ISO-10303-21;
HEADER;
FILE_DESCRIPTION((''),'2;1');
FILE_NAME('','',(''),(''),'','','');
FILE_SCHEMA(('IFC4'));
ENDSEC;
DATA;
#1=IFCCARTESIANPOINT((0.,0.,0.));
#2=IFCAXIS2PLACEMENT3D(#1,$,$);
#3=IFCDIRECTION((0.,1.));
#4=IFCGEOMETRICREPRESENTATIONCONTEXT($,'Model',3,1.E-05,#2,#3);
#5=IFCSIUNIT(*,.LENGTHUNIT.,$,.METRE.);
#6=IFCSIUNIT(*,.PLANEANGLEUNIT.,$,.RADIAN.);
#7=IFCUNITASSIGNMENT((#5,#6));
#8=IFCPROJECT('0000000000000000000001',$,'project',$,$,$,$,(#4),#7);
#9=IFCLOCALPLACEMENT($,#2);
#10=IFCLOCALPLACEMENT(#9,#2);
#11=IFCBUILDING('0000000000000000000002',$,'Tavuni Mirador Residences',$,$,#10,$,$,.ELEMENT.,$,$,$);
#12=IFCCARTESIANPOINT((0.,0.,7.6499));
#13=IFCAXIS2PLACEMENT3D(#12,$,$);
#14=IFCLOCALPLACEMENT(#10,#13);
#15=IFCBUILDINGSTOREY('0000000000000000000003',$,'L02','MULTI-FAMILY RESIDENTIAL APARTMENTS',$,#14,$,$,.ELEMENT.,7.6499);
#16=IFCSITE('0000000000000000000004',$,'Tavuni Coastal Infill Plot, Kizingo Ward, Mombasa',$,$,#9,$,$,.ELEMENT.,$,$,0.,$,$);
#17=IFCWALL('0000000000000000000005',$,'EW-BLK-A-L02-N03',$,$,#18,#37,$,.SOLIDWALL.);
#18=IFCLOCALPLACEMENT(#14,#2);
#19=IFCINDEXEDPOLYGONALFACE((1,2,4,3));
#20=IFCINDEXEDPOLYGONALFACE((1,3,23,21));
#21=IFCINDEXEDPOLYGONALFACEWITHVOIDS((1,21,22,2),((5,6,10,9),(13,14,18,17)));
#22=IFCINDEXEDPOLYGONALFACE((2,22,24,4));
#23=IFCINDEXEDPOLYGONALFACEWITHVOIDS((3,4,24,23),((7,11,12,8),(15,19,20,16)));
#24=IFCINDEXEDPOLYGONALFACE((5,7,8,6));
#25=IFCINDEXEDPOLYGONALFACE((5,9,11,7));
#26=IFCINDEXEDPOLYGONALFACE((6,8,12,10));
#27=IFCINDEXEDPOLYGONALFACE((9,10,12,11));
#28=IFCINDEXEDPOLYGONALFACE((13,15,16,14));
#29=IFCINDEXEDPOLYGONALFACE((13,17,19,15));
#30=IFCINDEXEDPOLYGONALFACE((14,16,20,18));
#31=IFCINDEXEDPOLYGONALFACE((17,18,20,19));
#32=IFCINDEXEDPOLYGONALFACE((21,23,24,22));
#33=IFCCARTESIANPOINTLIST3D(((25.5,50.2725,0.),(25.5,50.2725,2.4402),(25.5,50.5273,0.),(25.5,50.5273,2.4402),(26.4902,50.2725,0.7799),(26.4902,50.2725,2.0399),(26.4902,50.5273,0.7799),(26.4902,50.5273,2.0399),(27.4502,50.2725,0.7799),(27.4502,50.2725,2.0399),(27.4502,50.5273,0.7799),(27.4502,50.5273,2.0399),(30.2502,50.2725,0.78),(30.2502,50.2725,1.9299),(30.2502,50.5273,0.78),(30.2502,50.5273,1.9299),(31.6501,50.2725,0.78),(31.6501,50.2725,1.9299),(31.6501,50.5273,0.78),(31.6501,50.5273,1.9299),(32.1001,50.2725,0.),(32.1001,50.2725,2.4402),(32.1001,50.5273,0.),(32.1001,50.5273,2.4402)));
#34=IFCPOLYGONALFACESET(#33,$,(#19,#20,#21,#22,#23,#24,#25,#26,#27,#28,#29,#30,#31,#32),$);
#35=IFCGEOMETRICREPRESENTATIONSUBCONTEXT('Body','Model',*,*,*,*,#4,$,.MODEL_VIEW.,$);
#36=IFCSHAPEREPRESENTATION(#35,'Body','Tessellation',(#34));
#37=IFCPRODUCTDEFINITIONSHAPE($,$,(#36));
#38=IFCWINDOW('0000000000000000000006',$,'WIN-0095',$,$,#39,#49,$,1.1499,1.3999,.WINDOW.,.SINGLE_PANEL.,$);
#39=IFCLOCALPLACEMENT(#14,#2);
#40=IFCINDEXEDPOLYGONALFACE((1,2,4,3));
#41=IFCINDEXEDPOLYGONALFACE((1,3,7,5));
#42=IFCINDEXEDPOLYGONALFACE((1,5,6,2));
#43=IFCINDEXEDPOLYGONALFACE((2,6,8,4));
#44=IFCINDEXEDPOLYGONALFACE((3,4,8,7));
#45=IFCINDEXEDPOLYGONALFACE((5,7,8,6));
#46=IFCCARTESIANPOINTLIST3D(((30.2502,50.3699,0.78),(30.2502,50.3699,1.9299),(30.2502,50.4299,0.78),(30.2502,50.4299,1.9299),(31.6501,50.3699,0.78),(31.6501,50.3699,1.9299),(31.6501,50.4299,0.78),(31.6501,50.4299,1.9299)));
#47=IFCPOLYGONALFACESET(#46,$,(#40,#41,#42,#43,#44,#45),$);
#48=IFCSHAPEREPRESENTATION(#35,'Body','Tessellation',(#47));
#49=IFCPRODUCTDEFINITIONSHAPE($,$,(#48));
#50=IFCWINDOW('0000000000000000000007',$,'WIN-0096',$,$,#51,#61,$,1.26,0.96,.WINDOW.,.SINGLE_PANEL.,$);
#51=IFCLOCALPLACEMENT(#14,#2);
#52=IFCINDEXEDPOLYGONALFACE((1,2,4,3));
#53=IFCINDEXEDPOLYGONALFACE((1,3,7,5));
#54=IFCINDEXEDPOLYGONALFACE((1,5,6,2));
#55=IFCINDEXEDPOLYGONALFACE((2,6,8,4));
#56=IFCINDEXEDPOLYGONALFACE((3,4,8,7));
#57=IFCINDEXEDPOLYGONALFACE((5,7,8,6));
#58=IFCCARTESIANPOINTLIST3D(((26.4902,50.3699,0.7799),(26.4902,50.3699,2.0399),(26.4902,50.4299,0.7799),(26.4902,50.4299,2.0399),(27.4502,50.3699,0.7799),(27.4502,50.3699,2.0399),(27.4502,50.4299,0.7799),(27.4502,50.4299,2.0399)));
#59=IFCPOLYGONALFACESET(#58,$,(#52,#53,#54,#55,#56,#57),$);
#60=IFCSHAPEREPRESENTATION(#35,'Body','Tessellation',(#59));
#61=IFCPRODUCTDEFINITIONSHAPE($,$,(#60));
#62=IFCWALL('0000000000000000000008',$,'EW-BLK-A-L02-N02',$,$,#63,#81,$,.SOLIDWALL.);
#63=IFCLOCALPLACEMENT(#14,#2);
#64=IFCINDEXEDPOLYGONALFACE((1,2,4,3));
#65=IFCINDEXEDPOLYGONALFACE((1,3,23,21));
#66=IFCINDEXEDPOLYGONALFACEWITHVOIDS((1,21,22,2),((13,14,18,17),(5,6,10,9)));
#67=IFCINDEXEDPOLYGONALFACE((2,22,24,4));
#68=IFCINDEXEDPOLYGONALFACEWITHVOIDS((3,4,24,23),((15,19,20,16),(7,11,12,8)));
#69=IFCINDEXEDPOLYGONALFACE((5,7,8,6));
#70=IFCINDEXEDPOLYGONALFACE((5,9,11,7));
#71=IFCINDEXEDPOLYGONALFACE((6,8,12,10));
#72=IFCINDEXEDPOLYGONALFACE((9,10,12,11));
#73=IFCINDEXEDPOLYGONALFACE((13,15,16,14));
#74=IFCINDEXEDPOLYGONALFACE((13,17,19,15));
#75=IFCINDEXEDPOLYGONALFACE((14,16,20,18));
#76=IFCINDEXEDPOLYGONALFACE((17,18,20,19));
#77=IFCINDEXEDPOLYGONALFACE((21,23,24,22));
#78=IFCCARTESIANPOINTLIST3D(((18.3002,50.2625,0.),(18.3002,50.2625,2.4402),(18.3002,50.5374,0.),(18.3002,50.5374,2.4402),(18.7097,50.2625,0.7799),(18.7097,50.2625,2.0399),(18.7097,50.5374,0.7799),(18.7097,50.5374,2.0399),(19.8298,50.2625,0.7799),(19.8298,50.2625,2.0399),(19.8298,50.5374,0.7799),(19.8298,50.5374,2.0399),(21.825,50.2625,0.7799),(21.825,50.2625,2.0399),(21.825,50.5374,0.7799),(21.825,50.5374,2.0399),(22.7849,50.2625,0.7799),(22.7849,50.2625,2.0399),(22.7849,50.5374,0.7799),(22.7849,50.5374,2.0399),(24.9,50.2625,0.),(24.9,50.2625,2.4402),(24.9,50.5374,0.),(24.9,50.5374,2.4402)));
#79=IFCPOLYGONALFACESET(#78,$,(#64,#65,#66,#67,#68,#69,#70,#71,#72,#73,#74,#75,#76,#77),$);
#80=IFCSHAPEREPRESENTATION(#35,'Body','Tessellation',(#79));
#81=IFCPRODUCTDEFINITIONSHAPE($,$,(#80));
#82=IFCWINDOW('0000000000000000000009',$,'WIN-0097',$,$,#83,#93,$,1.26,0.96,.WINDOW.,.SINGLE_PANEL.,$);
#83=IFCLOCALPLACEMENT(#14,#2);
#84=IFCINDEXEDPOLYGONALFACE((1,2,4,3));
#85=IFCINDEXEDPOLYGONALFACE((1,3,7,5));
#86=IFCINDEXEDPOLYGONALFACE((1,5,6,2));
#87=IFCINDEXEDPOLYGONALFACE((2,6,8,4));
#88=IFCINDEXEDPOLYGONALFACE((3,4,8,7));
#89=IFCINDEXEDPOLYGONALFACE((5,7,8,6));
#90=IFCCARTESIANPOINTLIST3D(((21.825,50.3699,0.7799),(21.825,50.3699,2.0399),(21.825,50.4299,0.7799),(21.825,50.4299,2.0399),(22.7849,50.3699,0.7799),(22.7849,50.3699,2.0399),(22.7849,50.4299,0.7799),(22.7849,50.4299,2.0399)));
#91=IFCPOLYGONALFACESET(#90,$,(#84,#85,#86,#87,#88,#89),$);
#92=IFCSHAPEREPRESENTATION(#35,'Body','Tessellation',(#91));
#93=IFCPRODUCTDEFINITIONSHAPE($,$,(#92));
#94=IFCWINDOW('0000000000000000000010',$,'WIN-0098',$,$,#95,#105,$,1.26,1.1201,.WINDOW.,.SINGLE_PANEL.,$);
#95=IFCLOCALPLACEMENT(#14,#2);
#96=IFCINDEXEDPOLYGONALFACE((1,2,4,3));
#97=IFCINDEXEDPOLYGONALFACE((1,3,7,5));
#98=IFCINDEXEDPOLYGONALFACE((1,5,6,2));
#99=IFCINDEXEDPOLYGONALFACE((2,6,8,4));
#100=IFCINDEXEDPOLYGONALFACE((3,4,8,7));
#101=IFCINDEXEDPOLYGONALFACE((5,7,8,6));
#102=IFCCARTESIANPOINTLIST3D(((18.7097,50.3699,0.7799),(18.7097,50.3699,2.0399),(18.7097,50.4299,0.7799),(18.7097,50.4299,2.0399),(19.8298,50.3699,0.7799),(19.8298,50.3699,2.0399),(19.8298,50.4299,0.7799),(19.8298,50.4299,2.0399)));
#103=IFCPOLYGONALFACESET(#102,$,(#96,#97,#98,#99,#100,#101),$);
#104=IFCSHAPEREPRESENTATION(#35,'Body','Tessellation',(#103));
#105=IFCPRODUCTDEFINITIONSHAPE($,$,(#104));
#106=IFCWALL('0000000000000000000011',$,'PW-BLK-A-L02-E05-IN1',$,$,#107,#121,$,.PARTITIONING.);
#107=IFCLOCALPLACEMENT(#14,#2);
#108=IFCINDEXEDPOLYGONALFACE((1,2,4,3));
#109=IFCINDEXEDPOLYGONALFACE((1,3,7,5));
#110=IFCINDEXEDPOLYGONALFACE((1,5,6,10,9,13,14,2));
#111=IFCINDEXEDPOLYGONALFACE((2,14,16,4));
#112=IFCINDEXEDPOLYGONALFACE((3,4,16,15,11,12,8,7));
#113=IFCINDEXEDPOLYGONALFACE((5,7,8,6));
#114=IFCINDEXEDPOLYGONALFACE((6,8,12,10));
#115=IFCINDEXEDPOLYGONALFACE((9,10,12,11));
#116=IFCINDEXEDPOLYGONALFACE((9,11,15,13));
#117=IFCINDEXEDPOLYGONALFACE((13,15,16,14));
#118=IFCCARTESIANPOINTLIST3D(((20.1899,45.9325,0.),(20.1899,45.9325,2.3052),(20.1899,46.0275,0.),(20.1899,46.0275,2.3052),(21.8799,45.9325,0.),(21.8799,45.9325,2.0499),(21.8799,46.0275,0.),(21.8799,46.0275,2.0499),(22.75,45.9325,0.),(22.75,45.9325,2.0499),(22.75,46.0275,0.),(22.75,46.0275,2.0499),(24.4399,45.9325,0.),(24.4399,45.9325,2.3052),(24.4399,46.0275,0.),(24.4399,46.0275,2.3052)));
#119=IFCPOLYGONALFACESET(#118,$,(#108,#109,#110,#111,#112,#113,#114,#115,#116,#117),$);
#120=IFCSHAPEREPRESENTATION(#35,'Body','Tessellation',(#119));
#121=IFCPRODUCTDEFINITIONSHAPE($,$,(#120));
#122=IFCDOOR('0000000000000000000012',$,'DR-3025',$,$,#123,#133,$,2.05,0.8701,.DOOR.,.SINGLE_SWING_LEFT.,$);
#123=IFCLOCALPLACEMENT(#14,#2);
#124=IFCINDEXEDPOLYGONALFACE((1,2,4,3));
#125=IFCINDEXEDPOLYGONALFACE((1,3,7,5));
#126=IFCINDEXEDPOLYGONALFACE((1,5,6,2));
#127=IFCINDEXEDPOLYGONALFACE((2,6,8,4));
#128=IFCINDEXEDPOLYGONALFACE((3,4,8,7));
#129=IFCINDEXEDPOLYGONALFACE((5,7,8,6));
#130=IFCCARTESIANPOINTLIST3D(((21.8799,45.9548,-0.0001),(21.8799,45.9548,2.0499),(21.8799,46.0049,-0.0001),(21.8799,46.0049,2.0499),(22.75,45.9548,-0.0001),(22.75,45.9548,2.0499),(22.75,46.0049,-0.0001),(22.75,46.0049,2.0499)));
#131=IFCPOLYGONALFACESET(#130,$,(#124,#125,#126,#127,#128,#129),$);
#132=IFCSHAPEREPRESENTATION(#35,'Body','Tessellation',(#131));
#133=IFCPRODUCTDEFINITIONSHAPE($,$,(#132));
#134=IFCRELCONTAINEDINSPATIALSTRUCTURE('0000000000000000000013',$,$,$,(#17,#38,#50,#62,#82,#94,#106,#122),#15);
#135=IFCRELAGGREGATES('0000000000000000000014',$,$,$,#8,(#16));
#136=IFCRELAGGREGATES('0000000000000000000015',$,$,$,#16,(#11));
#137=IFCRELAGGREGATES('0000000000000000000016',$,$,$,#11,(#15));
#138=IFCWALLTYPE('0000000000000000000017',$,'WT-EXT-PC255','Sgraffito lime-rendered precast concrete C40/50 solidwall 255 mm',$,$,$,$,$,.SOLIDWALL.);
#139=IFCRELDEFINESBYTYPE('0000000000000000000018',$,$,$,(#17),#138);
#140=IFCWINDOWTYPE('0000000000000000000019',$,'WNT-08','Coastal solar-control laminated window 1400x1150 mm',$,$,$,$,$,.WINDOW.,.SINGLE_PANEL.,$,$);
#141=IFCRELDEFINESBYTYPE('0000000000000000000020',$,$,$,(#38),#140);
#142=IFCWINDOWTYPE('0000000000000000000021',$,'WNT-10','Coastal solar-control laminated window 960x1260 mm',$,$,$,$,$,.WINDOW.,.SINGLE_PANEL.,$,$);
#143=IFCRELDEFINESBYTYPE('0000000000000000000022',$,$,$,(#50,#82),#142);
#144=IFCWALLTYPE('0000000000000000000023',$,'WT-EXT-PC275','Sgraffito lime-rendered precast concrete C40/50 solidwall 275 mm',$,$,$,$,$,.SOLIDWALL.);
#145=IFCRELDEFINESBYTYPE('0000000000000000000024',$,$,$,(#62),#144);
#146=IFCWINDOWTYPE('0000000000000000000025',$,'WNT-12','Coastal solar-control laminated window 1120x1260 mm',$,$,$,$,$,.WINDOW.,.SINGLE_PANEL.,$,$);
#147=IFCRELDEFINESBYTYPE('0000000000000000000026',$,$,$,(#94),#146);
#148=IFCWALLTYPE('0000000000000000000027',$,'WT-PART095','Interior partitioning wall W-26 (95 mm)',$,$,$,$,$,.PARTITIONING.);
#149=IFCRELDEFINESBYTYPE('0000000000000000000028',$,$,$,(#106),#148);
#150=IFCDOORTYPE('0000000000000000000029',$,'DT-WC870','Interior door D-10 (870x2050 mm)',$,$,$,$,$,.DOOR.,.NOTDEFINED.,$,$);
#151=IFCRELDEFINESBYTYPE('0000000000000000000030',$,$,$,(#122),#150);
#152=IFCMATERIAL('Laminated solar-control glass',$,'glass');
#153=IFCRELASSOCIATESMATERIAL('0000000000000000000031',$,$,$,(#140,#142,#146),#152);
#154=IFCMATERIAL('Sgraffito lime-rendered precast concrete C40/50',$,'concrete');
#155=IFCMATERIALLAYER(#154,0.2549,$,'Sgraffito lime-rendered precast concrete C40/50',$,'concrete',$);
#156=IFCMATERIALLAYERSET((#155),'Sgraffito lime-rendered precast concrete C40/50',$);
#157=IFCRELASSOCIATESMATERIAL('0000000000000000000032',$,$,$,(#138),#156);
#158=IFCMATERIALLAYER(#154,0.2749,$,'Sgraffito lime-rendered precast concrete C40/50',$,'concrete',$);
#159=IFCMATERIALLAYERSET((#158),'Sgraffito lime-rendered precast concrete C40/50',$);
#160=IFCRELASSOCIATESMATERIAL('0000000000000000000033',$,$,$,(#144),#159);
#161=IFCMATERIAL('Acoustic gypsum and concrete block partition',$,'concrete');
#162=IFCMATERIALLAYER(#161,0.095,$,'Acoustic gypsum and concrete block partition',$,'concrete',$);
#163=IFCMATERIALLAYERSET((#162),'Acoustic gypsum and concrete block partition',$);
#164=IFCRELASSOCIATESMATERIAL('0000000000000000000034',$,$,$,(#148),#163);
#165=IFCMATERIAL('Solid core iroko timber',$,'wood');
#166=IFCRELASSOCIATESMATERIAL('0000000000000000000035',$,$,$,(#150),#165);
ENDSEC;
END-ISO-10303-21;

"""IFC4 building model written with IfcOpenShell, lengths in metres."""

from ifc_helpers import new_model, si_unit, direction, frame, frame_2d, origin, place, context, subcontext, project, spatial, rectangle, extrude, material, layer, layer_set, type_object, element, fill, save


model = new_model("IFC4")

# Units and contexts
model_context = context("Model", 3, precision=1e-05, world=origin(), true_north=direction((0.0, 1.0)))
body_context = subcontext(model_context, "Body", "Model", "MODEL_VIEW")
ifc_project = project(units=[si_unit("LENGTHUNIT", "METRE"), si_unit("PLANEANGLEUNIT", "RADIAN")], contexts=[model_context])

# Site, building, storey
site_placement = place(None, origin())
site = spatial("IfcSite", under=ifc_project, at=site_placement, Name="Tavuni Coastal Infill Plot, Kizingo Ward, Mombasa", CompositionType="ELEMENT", RefElevation=0.0)
building_placement = place(site_placement, origin())
building = spatial("IfcBuilding", under=site, at=building_placement, Name="Tavuni Mirador Residences", CompositionType="ELEMENT")
storey_placement = place(building_placement, frame((0.0, 0.0, 7.6499)))
storey = spatial("IfcBuildingStorey", under=building, at=storey_placement, Name="L02", Description="MULTI-FAMILY RESIDENTIAL APARTMENTS", CompositionType="ELEMENT", Elevation=7.6499)

# Shared definitions
ifc_material_1 = material(Name="Solid core iroko timber", Category="wood")

# Walls, openings, windows
ifc_material_2 = material(Name="Laminated solar-control glass", Category="glass")
window_type_1 = type_object("IfcWindowType", Name="WNT-08", Description="Coastal solar-control laminated window 1400x1150 mm", PartitioningType="SINGLE_PANEL", PredefinedType="WINDOW", material=ifc_material_2)
ifc_material_3 = material(Name="Sgraffito lime-rendered precast concrete C40/50", Category="concrete")
ifc_layer_1 = layer(ifc_material_3, 0.2549, Name="Sgraffito lime-rendered precast concrete C40/50", Category="concrete")
ifc_layer_set_1 = layer_set([ifc_layer_1], Name="Sgraffito lime-rendered precast concrete C40/50")
wall_type_1 = type_object("IfcWallType", Name="WT-EXT-PC255", Description="Sgraffito lime-rendered precast concrete C40/50 solidwall 255 mm", PredefinedType="SOLIDWALL", material=ifc_layer_set_1)
wall_1_placement = place(storey_placement, frame((32.1001, 50.3999, 0.0), z_axis=(0.0, 0.0, 1.0), x_axis=(-1.0, 0.0, 0.0)))
wall_1 = element("IfcWall", 1, at=wall_1_placement, inside=storey, type_object=wall_type_1, Name="EW-BLK-A-L02-N03", PredefinedType="SOLIDWALL", context=body_context, shape_type="SweptSolid", body=[
    extrude(rectangle(XDim=6.6001, YDim=0.2549, at=frame_2d((3.3, 0.0))), origin(), (0.0, 0.0, 1.0), 2.4402),
])
opening_1_placement = place(wall_1_placement, frame((0.45, 0.0, 0.78)))
opening_1 = element("IfcOpeningElement", 2, at=opening_1_placement, cuts=wall_1, PredefinedType="OPENING", context=body_context, shape_type="SweptSolid", body=[
    extrude(rectangle(XDim=1.3999, YDim=1.1499, at=frame_2d((0.7, 0.575))), frame((0.0, 0.1375, 0.0), z_axis=(0.0, -1.0, 0.0), x_axis=(1.0, 0.0, 0.0)), (0.0, 0.0, 1.0), 0.2749),
])
opening_2_placement = place(wall_1_placement, frame((4.6499, 0.0, 0.78)))
opening_2 = element("IfcOpeningElement", 3, at=opening_2_placement, cuts=wall_1, PredefinedType="OPENING", context=body_context, shape_type="SweptSolid", body=[
    extrude(rectangle(XDim=0.96, YDim=1.26, at=frame_2d((0.48, 0.6299))), frame((0.0, 0.1375, 0.0), z_axis=(0.0, -1.0, 0.0), x_axis=(1.0, 0.0, 0.0)), (0.0, 0.0, 1.0), 0.2749),
])
window_1_placement = place(opening_1_placement, origin())
window_1 = element("IfcWindow", 4, at=window_1_placement, inside=storey, type_object=window_type_1, Name="WIN-0095", OverallHeight=1.1499, OverallWidth=1.3999, PartitioningType="SINGLE_PANEL", PredefinedType="WINDOW", context=body_context, shape_type="SweptSolid", body=[
    extrude(rectangle(XDim=1.3999, YDim=1.1499, at=frame_2d((0.7, 0.575))), frame((0.0, 0.03, 0.0), z_axis=(0.0, -1.0, 0.0), x_axis=(1.0, 0.0, 0.0)), (0.0, 0.0, 1.0), 0.0601),
])
fill(opening_1, window_1)
window_type_2 = type_object("IfcWindowType", Name="WNT-10", Description="Coastal solar-control laminated window 960x1260 mm", PartitioningType="SINGLE_PANEL", PredefinedType="WINDOW", material=ifc_material_2)
window_2_placement = place(opening_2_placement, origin())
window_2 = element("IfcWindow", 5, at=window_2_placement, inside=storey, type_object=window_type_2, Name="WIN-0096", OverallHeight=1.26, OverallWidth=0.96, PartitioningType="SINGLE_PANEL", PredefinedType="WINDOW", context=body_context, shape_type="SweptSolid", body=[
    extrude(rectangle(XDim=0.96, YDim=1.26, at=frame_2d((0.48, 0.6299))), frame((0.0, 0.03, 0.0), z_axis=(0.0, -1.0, 0.0), x_axis=(1.0, 0.0, 0.0)), (0.0, 0.0, 1.0), 0.0601),
])
fill(opening_2, window_2)
ifc_layer_2 = layer(ifc_material_3, 0.2749, Name="Sgraffito lime-rendered precast concrete C40/50", Category="concrete")
ifc_layer_set_2 = layer_set([ifc_layer_2], Name="Sgraffito lime-rendered precast concrete C40/50")
wall_type_2 = type_object("IfcWallType", Name="WT-EXT-PC275", Description="Sgraffito lime-rendered precast concrete C40/50 solidwall 275 mm", PredefinedType="SOLIDWALL", material=ifc_layer_set_2)
wall_2_placement = place(storey_placement, frame((24.8999, 50.3999, 0.0), z_axis=(0.0, 0.0, 1.0), x_axis=(-1.0, 0.0, 0.0)))
wall_2 = element("IfcWall", 6, at=wall_2_placement, inside=storey, type_object=wall_type_2, Name="EW-BLK-A-L02-N02", PredefinedType="SOLIDWALL", context=body_context, shape_type="SweptSolid", body=[
    extrude(rectangle(XDim=6.5999, YDim=0.2749, at=frame_2d((3.2998, 0.0))), origin(), (0.0, 0.0, 1.0), 2.4402),
])
opening_3_placement = place(wall_2_placement, frame((2.115, 0.0, 0.78)))
opening_3 = element("IfcOpeningElement", 7, at=opening_3_placement, cuts=wall_2, PredefinedType="OPENING", context=body_context, shape_type="SweptSolid", body=[
    extrude(rectangle(XDim=0.96, YDim=1.26, at=frame_2d((0.48, 0.6299))), frame((0.0, 0.1475, 0.0), z_axis=(0.0, -1.0, 0.0), x_axis=(1.0, 0.0, 0.0)), (0.0, 0.0, 1.0), 0.2949),
])
opening_4_placement = place(wall_2_placement, frame((5.0701, 0.0, 0.78)))
opening_4 = element("IfcOpeningElement", 8, at=opening_4_placement, cuts=wall_2, PredefinedType="OPENING", context=body_context, shape_type="SweptSolid", body=[
    extrude(rectangle(XDim=1.1201, YDim=1.26, at=frame_2d((0.5601, 0.6299))), frame((0.0, 0.1475, 0.0), z_axis=(0.0, -1.0, 0.0), x_axis=(1.0, 0.0, 0.0)), (0.0, 0.0, 1.0), 0.2949),
])
window_3_placement = place(opening_3_placement, origin())
window_3 = element("IfcWindow", 9, at=window_3_placement, inside=storey, type_object=window_type_2, Name="WIN-0097", OverallHeight=1.26, OverallWidth=0.96, PartitioningType="SINGLE_PANEL", PredefinedType="WINDOW", context=body_context, shape_type="SweptSolid", body=[
    extrude(rectangle(XDim=0.96, YDim=1.26, at=frame_2d((0.48, 0.6299))), frame((0.0, 0.03, 0.0), z_axis=(0.0, -1.0, 0.0), x_axis=(1.0, 0.0, 0.0)), (0.0, 0.0, 1.0), 0.0601),
])
fill(opening_3, window_3)
window_type_3 = type_object("IfcWindowType", Name="WNT-12", Description="Coastal solar-control laminated window 1120x1260 mm", PartitioningType="SINGLE_PANEL", PredefinedType="WINDOW", material=ifc_material_2)
window_4_placement = place(opening_4_placement, origin())
window_4 = element("IfcWindow", 10, at=window_4_placement, inside=storey, type_object=window_type_3, Name="WIN-0098", OverallHeight=1.26, OverallWidth=1.1201, PartitioningType="SINGLE_PANEL", PredefinedType="WINDOW", context=body_context, shape_type="SweptSolid", body=[
    extrude(rectangle(XDim=1.1201, YDim=1.26, at=frame_2d((0.5601, 0.6299))), frame((0.0, 0.03, 0.0), z_axis=(0.0, -1.0, 0.0), x_axis=(1.0, 0.0, 0.0)), (0.0, 0.0, 1.0), 0.0601),
])
fill(opening_4, window_4)

# Wall, opening, door
ifc_material_4 = material(Name="Acoustic gypsum and concrete block partition", Category="concrete")
ifc_layer_3 = layer(ifc_material_4, 0.095, Name="Acoustic gypsum and concrete block partition", Category="concrete")
ifc_layer_set_3 = layer_set([ifc_layer_3], Name="Acoustic gypsum and concrete block partition")
wall_type_3 = type_object("IfcWallType", Name="WT-PART095", Description="Interior partitioning wall W-26 (95 mm)", PredefinedType="PARTITIONING", material=ifc_layer_set_3)
wall_3_placement = place(storey_placement, frame((20.1899, 45.98, 0.0), z_axis=(0.0, 0.0, 1.0), x_axis=(1.0, 0.0, 0.0)))
wall_3 = element("IfcWall", 11, at=wall_3_placement, inside=storey, type_object=wall_type_3, Name="PW-BLK-A-L02-E05-IN1", PredefinedType="PARTITIONING", context=body_context, shape_type="SweptSolid", body=[
    extrude(rectangle(XDim=4.25, YDim=0.095, at=frame_2d((2.125, 0.0))), origin(), (0.0, 0.0, 1.0), 2.3052),
])
opening_5_placement = place(wall_3_placement, frame((1.6899, 0.0, 0.0)))
opening_5 = element("IfcOpeningElement", 12, at=opening_5_placement, cuts=wall_3, PredefinedType="OPENING", context=body_context, shape_type="SweptSolid", body=[
    extrude(rectangle(XDim=0.8701, YDim=2.05, at=frame_2d((0.4351, 1.0249))), frame((0.0, 0.0576, 0.0), z_axis=(0.0, -1.0, 0.0), x_axis=(1.0, 0.0, 0.0)), (0.0, 0.0, 1.0), 0.115),
])
door_type_1 = type_object("IfcDoorType", Name="DT-WC870", Description="Interior door D-10 (870x2050 mm)", OperationType="NOTDEFINED", PredefinedType="DOOR", material=ifc_material_1)
door_1_placement = place(opening_5_placement, origin())
door_1 = element("IfcDoor", 13, at=door_1_placement, inside=storey, type_object=door_type_1, Name="DR-3025", OperationType="SINGLE_SWING_LEFT", OverallHeight=2.05, OverallWidth=0.8701, PredefinedType="DOOR", context=body_context, shape_type="SweptSolid", body=[
    extrude(rectangle(XDim=0.8701, YDim=2.05, at=frame_2d((0.4351, 1.0249))), frame((0.0, 0.0249, 0.0), z_axis=(0.0, -1.0, 0.0), x_axis=(1.0, 0.0, 0.0)), (0.0, 0.0, 1.0), 0.05),
])
fill(opening_5, door_1)

save(model, "model.ifc")
